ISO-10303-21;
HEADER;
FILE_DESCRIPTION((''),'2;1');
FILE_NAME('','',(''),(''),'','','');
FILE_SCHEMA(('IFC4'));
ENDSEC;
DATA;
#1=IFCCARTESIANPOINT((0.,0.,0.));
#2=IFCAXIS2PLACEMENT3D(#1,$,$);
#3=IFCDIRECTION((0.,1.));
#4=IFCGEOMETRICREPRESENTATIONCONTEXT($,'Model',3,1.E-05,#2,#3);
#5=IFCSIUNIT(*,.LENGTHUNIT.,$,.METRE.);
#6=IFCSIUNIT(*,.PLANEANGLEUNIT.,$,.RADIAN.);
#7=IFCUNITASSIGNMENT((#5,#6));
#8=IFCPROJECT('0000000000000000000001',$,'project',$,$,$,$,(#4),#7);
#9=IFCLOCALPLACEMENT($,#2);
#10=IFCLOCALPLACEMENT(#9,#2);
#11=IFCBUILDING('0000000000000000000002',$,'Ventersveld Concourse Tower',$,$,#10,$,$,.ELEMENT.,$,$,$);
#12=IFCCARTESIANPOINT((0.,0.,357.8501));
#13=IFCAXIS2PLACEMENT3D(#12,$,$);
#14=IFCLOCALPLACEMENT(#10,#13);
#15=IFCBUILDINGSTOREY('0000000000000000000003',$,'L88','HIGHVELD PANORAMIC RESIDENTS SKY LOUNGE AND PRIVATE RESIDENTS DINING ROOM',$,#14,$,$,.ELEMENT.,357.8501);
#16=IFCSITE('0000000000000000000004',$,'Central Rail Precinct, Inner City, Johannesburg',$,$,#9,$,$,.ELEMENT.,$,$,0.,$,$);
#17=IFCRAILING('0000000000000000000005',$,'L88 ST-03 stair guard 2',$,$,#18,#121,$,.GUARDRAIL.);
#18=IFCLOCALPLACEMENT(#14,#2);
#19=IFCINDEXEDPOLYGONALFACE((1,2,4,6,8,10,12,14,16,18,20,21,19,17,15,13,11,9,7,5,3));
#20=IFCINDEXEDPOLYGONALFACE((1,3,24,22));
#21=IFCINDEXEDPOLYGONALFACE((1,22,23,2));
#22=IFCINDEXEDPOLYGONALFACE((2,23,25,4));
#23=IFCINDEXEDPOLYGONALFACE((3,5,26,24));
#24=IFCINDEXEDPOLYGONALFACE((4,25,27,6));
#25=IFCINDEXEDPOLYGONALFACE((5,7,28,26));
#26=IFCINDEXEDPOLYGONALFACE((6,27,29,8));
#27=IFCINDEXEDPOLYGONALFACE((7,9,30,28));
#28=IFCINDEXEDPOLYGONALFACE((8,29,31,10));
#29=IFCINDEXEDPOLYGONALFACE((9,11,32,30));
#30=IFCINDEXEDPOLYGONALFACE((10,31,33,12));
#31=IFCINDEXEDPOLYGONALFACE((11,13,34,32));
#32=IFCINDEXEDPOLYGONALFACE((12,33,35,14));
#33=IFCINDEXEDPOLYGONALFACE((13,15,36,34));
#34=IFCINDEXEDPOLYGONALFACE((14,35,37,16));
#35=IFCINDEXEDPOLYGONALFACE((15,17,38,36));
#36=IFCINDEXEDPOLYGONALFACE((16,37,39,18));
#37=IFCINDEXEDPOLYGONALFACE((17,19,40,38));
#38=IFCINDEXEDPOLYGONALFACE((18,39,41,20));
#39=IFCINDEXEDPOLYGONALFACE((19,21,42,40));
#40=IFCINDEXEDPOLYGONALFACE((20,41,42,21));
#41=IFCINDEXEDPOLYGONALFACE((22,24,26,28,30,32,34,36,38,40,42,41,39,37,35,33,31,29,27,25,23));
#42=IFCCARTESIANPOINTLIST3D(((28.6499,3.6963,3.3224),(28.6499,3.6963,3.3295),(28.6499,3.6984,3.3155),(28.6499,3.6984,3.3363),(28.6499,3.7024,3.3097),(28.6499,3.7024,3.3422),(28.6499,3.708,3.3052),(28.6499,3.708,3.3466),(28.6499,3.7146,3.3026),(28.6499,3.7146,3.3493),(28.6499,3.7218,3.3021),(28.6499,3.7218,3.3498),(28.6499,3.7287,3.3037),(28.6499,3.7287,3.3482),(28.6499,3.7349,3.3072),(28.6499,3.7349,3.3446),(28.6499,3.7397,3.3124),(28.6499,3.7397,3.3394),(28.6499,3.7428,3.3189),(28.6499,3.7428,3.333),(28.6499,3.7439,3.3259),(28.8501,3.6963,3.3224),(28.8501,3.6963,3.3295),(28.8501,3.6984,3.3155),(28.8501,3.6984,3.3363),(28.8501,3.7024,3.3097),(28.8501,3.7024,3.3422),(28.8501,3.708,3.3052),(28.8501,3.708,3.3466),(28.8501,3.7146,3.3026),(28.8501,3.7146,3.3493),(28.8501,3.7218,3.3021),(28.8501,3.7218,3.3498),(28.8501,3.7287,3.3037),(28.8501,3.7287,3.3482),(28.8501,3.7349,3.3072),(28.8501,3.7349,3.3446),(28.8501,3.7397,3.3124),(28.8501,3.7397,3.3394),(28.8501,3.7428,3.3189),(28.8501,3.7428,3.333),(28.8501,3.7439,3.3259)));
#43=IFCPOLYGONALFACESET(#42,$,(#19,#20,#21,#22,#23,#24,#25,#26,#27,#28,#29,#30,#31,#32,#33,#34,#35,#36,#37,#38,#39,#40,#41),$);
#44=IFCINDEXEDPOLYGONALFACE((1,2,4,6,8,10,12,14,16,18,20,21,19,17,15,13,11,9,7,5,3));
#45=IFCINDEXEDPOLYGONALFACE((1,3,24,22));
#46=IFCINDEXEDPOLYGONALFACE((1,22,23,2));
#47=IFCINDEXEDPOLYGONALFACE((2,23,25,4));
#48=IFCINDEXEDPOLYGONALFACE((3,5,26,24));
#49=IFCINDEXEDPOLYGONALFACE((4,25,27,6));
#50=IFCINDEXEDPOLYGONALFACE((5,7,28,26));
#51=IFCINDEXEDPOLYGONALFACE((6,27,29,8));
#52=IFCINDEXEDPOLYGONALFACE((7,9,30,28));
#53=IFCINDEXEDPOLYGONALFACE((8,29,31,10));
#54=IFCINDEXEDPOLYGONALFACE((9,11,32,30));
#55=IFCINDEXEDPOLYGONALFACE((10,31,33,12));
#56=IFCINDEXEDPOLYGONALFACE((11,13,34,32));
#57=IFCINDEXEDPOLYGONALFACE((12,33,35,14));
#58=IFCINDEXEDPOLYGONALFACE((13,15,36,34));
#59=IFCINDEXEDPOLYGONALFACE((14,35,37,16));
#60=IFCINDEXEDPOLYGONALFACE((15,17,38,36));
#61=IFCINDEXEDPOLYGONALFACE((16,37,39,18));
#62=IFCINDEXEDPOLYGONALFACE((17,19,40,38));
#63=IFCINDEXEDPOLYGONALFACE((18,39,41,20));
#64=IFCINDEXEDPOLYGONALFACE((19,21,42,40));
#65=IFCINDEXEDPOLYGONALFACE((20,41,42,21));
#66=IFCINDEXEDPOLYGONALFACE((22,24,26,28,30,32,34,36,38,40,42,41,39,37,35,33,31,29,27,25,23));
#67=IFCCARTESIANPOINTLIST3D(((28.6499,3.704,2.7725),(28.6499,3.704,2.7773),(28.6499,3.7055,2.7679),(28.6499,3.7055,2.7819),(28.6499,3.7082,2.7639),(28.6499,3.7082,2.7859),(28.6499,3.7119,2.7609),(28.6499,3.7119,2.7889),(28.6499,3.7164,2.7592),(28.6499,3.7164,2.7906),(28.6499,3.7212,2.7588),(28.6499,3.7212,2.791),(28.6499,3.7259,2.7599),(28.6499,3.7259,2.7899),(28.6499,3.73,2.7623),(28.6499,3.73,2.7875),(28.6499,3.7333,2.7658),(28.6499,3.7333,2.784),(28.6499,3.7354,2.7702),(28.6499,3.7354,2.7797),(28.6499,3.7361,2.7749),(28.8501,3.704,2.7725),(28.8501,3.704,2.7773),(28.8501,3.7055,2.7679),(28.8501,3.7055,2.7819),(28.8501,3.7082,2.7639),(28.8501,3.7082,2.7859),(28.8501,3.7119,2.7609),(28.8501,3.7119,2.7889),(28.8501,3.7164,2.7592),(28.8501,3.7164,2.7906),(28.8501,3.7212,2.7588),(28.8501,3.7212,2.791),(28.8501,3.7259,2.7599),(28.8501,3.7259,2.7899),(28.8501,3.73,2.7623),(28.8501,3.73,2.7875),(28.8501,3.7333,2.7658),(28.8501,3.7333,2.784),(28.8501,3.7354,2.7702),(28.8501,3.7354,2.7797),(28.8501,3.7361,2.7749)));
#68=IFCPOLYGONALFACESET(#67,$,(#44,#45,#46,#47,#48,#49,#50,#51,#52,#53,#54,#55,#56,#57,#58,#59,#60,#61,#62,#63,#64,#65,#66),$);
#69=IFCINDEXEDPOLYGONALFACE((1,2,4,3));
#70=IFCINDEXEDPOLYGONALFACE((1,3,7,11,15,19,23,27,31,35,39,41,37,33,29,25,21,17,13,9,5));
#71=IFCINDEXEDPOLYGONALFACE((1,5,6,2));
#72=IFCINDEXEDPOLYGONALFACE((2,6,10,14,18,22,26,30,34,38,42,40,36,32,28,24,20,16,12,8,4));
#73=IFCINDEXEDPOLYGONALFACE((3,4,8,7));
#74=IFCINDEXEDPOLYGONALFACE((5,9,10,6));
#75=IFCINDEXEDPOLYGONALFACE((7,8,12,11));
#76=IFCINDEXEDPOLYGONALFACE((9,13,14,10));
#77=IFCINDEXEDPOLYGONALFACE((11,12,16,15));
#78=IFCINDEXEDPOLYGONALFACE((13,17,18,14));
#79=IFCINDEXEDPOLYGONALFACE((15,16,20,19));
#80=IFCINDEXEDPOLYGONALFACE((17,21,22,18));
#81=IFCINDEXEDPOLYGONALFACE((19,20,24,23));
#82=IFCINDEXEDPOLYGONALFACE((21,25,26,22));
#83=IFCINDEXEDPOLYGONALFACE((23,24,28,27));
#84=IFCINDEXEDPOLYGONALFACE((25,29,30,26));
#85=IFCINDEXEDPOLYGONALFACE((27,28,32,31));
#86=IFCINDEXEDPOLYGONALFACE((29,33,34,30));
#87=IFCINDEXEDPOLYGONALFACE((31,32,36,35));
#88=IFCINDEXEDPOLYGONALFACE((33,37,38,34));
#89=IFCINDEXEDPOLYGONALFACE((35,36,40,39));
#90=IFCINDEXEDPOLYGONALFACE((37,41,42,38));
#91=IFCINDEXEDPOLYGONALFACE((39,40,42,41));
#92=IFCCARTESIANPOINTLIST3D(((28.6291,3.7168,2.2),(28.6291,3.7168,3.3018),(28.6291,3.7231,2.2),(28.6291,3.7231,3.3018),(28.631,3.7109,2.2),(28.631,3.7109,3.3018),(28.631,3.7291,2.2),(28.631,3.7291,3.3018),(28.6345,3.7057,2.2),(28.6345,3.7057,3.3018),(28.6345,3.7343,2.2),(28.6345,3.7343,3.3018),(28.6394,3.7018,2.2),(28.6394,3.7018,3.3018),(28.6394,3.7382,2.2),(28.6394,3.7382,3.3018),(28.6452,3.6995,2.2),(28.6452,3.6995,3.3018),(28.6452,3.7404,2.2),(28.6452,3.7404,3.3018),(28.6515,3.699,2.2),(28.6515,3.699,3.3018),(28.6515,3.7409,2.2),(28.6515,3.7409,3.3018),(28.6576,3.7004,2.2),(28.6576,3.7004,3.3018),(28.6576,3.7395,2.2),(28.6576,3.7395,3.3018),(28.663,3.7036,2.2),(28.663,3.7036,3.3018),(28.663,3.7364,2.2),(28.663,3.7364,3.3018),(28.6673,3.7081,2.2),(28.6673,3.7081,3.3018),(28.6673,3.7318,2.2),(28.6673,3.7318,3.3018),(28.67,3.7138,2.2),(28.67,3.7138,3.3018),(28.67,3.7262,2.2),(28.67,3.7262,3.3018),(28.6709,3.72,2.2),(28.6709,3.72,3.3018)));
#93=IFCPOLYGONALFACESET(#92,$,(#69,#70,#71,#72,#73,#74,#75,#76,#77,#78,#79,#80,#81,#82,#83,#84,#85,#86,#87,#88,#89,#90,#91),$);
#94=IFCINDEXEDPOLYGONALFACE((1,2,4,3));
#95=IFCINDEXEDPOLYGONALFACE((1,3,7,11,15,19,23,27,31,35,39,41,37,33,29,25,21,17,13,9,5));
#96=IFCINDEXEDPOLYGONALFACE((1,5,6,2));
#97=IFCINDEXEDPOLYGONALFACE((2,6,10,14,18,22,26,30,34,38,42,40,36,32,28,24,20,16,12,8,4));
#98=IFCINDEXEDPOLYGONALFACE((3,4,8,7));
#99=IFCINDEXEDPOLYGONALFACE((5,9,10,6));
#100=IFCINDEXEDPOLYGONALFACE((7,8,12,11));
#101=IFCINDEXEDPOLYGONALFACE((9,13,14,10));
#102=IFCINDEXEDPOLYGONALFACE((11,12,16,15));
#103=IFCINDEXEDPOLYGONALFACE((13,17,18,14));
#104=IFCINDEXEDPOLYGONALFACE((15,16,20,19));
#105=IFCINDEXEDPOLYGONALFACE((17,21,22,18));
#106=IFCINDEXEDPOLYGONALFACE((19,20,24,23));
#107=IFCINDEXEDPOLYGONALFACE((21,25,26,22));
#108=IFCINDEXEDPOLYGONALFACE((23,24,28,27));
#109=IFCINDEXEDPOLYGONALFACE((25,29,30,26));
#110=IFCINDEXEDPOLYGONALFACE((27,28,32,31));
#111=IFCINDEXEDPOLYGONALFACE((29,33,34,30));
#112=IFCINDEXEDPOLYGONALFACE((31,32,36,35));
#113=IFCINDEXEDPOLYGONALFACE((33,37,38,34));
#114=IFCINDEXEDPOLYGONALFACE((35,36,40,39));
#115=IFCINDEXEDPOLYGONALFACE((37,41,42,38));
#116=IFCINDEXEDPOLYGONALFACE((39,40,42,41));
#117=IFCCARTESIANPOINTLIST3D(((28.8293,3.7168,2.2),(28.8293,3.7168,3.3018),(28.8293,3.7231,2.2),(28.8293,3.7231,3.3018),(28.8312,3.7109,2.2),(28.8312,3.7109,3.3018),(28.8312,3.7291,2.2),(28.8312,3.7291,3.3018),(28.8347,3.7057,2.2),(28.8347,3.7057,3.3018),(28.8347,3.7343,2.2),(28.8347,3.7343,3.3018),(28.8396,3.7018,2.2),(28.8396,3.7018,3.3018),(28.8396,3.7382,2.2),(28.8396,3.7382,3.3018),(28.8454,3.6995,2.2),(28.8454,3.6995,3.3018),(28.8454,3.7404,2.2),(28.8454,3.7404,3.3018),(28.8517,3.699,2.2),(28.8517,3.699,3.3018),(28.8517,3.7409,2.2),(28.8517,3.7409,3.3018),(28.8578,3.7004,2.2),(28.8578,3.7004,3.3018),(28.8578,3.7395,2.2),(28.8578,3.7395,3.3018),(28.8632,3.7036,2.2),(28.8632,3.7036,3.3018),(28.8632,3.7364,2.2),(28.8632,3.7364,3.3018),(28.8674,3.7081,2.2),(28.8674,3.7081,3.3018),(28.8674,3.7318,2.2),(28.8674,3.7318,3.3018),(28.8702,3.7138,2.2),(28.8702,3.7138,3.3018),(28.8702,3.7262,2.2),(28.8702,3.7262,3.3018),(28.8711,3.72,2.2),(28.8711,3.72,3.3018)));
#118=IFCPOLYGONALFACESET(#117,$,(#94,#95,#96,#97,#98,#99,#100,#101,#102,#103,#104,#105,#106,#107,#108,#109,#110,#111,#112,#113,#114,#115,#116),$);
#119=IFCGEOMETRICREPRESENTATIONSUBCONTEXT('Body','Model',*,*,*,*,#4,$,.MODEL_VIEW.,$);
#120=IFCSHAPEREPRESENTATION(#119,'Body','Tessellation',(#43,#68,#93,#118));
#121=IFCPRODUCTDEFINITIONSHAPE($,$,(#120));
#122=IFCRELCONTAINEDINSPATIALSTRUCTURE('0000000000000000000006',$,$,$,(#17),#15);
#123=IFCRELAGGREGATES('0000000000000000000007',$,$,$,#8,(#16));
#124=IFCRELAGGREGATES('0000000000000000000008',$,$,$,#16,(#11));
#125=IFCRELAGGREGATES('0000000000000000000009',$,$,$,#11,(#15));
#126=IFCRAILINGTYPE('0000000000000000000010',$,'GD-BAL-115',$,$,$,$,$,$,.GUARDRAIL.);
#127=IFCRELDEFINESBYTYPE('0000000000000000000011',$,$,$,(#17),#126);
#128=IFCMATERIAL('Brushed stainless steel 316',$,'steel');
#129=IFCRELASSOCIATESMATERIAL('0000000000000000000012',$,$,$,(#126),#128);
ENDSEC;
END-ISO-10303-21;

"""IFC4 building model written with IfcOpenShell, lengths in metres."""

from ifc_helpers import new_model, si_unit, direction, frame, origin, origin_2d, place, context, subcontext, project, spatial, circle, extrude, material, type_object, element, save


model = new_model("IFC4")

# Units and contexts
model_context = context("Model", 3, precision=1e-05, world=origin(), true_north=direction((0.0, 1.0)))
body_context = subcontext(model_context, "Body", "Model", "MODEL_VIEW")
ifc_project = project(units=[si_unit("LENGTHUNIT", "METRE"), si_unit("PLANEANGLEUNIT", "RADIAN")], contexts=[model_context])

# Site, building, storey
site_placement = place(None, origin())
site = spatial("IfcSite", under=ifc_project, at=site_placement, Name="Central Rail Precinct, Inner City, Johannesburg", CompositionType="ELEMENT", RefElevation=0.0)
building_placement = place(site_placement, origin())
building = spatial("IfcBuilding", under=site, at=building_placement, Name="Ventersveld Concourse Tower", CompositionType="ELEMENT")
storey_placement = place(building_placement, frame((0.0, 0.0, 357.8501)))
storey = spatial("IfcBuildingStorey", under=building, at=storey_placement, Name="L88", Description="HIGHVELD PANORAMIC RESIDENTS SKY LOUNGE AND PRIVATE RESIDENTS DINING ROOM", CompositionType="ELEMENT", Elevation=357.8501)

# Shared definitions
ifc_material_1 = material(Name="Brushed stainless steel 316", Category="steel")

# Railing
railing_type_1 = type_object("IfcRailingType", Name="GD-BAL-115", PredefinedType="GUARDRAIL", material=ifc_material_1)
railing_1_placement = place(storey_placement, frame((28.6499, 3.72, 2.2)))
element("IfcRailing", 1, at=railing_1_placement, inside=storey, type_object=railing_type_1, Name="L88 ST-03 stair guard 2", PredefinedType="GUARDRAIL", context=body_context, shape_type="SweptSolid", body=[
    extrude(circle(Radius=0.0239, at=origin_2d()), frame((0.0, 0.0, 1.126), z_axis=(1.0, 0.0, 0.0), x_axis=(0.0, 1.0, 0.0)), (0.0, 0.0, 1.0), 0.2002),
    extrude(circle(Radius=0.0161, at=origin_2d()), frame((0.0, 0.0, 0.575), z_axis=(1.0, 0.0, 0.0), x_axis=(0.0, 1.0, 0.0)), (0.0, 0.0, 1.0), 0.2002),
    extrude(circle(Radius=0.021, at=origin_2d()), origin(), (0.0, 0.0, 1.0), 1.1018),
    extrude(circle(Radius=0.021, at=origin_2d()), frame((0.2002, 0.0, 0.0)), (0.0, 0.0, 1.0), 1.1018),
])

save(model, "model.ifc")
